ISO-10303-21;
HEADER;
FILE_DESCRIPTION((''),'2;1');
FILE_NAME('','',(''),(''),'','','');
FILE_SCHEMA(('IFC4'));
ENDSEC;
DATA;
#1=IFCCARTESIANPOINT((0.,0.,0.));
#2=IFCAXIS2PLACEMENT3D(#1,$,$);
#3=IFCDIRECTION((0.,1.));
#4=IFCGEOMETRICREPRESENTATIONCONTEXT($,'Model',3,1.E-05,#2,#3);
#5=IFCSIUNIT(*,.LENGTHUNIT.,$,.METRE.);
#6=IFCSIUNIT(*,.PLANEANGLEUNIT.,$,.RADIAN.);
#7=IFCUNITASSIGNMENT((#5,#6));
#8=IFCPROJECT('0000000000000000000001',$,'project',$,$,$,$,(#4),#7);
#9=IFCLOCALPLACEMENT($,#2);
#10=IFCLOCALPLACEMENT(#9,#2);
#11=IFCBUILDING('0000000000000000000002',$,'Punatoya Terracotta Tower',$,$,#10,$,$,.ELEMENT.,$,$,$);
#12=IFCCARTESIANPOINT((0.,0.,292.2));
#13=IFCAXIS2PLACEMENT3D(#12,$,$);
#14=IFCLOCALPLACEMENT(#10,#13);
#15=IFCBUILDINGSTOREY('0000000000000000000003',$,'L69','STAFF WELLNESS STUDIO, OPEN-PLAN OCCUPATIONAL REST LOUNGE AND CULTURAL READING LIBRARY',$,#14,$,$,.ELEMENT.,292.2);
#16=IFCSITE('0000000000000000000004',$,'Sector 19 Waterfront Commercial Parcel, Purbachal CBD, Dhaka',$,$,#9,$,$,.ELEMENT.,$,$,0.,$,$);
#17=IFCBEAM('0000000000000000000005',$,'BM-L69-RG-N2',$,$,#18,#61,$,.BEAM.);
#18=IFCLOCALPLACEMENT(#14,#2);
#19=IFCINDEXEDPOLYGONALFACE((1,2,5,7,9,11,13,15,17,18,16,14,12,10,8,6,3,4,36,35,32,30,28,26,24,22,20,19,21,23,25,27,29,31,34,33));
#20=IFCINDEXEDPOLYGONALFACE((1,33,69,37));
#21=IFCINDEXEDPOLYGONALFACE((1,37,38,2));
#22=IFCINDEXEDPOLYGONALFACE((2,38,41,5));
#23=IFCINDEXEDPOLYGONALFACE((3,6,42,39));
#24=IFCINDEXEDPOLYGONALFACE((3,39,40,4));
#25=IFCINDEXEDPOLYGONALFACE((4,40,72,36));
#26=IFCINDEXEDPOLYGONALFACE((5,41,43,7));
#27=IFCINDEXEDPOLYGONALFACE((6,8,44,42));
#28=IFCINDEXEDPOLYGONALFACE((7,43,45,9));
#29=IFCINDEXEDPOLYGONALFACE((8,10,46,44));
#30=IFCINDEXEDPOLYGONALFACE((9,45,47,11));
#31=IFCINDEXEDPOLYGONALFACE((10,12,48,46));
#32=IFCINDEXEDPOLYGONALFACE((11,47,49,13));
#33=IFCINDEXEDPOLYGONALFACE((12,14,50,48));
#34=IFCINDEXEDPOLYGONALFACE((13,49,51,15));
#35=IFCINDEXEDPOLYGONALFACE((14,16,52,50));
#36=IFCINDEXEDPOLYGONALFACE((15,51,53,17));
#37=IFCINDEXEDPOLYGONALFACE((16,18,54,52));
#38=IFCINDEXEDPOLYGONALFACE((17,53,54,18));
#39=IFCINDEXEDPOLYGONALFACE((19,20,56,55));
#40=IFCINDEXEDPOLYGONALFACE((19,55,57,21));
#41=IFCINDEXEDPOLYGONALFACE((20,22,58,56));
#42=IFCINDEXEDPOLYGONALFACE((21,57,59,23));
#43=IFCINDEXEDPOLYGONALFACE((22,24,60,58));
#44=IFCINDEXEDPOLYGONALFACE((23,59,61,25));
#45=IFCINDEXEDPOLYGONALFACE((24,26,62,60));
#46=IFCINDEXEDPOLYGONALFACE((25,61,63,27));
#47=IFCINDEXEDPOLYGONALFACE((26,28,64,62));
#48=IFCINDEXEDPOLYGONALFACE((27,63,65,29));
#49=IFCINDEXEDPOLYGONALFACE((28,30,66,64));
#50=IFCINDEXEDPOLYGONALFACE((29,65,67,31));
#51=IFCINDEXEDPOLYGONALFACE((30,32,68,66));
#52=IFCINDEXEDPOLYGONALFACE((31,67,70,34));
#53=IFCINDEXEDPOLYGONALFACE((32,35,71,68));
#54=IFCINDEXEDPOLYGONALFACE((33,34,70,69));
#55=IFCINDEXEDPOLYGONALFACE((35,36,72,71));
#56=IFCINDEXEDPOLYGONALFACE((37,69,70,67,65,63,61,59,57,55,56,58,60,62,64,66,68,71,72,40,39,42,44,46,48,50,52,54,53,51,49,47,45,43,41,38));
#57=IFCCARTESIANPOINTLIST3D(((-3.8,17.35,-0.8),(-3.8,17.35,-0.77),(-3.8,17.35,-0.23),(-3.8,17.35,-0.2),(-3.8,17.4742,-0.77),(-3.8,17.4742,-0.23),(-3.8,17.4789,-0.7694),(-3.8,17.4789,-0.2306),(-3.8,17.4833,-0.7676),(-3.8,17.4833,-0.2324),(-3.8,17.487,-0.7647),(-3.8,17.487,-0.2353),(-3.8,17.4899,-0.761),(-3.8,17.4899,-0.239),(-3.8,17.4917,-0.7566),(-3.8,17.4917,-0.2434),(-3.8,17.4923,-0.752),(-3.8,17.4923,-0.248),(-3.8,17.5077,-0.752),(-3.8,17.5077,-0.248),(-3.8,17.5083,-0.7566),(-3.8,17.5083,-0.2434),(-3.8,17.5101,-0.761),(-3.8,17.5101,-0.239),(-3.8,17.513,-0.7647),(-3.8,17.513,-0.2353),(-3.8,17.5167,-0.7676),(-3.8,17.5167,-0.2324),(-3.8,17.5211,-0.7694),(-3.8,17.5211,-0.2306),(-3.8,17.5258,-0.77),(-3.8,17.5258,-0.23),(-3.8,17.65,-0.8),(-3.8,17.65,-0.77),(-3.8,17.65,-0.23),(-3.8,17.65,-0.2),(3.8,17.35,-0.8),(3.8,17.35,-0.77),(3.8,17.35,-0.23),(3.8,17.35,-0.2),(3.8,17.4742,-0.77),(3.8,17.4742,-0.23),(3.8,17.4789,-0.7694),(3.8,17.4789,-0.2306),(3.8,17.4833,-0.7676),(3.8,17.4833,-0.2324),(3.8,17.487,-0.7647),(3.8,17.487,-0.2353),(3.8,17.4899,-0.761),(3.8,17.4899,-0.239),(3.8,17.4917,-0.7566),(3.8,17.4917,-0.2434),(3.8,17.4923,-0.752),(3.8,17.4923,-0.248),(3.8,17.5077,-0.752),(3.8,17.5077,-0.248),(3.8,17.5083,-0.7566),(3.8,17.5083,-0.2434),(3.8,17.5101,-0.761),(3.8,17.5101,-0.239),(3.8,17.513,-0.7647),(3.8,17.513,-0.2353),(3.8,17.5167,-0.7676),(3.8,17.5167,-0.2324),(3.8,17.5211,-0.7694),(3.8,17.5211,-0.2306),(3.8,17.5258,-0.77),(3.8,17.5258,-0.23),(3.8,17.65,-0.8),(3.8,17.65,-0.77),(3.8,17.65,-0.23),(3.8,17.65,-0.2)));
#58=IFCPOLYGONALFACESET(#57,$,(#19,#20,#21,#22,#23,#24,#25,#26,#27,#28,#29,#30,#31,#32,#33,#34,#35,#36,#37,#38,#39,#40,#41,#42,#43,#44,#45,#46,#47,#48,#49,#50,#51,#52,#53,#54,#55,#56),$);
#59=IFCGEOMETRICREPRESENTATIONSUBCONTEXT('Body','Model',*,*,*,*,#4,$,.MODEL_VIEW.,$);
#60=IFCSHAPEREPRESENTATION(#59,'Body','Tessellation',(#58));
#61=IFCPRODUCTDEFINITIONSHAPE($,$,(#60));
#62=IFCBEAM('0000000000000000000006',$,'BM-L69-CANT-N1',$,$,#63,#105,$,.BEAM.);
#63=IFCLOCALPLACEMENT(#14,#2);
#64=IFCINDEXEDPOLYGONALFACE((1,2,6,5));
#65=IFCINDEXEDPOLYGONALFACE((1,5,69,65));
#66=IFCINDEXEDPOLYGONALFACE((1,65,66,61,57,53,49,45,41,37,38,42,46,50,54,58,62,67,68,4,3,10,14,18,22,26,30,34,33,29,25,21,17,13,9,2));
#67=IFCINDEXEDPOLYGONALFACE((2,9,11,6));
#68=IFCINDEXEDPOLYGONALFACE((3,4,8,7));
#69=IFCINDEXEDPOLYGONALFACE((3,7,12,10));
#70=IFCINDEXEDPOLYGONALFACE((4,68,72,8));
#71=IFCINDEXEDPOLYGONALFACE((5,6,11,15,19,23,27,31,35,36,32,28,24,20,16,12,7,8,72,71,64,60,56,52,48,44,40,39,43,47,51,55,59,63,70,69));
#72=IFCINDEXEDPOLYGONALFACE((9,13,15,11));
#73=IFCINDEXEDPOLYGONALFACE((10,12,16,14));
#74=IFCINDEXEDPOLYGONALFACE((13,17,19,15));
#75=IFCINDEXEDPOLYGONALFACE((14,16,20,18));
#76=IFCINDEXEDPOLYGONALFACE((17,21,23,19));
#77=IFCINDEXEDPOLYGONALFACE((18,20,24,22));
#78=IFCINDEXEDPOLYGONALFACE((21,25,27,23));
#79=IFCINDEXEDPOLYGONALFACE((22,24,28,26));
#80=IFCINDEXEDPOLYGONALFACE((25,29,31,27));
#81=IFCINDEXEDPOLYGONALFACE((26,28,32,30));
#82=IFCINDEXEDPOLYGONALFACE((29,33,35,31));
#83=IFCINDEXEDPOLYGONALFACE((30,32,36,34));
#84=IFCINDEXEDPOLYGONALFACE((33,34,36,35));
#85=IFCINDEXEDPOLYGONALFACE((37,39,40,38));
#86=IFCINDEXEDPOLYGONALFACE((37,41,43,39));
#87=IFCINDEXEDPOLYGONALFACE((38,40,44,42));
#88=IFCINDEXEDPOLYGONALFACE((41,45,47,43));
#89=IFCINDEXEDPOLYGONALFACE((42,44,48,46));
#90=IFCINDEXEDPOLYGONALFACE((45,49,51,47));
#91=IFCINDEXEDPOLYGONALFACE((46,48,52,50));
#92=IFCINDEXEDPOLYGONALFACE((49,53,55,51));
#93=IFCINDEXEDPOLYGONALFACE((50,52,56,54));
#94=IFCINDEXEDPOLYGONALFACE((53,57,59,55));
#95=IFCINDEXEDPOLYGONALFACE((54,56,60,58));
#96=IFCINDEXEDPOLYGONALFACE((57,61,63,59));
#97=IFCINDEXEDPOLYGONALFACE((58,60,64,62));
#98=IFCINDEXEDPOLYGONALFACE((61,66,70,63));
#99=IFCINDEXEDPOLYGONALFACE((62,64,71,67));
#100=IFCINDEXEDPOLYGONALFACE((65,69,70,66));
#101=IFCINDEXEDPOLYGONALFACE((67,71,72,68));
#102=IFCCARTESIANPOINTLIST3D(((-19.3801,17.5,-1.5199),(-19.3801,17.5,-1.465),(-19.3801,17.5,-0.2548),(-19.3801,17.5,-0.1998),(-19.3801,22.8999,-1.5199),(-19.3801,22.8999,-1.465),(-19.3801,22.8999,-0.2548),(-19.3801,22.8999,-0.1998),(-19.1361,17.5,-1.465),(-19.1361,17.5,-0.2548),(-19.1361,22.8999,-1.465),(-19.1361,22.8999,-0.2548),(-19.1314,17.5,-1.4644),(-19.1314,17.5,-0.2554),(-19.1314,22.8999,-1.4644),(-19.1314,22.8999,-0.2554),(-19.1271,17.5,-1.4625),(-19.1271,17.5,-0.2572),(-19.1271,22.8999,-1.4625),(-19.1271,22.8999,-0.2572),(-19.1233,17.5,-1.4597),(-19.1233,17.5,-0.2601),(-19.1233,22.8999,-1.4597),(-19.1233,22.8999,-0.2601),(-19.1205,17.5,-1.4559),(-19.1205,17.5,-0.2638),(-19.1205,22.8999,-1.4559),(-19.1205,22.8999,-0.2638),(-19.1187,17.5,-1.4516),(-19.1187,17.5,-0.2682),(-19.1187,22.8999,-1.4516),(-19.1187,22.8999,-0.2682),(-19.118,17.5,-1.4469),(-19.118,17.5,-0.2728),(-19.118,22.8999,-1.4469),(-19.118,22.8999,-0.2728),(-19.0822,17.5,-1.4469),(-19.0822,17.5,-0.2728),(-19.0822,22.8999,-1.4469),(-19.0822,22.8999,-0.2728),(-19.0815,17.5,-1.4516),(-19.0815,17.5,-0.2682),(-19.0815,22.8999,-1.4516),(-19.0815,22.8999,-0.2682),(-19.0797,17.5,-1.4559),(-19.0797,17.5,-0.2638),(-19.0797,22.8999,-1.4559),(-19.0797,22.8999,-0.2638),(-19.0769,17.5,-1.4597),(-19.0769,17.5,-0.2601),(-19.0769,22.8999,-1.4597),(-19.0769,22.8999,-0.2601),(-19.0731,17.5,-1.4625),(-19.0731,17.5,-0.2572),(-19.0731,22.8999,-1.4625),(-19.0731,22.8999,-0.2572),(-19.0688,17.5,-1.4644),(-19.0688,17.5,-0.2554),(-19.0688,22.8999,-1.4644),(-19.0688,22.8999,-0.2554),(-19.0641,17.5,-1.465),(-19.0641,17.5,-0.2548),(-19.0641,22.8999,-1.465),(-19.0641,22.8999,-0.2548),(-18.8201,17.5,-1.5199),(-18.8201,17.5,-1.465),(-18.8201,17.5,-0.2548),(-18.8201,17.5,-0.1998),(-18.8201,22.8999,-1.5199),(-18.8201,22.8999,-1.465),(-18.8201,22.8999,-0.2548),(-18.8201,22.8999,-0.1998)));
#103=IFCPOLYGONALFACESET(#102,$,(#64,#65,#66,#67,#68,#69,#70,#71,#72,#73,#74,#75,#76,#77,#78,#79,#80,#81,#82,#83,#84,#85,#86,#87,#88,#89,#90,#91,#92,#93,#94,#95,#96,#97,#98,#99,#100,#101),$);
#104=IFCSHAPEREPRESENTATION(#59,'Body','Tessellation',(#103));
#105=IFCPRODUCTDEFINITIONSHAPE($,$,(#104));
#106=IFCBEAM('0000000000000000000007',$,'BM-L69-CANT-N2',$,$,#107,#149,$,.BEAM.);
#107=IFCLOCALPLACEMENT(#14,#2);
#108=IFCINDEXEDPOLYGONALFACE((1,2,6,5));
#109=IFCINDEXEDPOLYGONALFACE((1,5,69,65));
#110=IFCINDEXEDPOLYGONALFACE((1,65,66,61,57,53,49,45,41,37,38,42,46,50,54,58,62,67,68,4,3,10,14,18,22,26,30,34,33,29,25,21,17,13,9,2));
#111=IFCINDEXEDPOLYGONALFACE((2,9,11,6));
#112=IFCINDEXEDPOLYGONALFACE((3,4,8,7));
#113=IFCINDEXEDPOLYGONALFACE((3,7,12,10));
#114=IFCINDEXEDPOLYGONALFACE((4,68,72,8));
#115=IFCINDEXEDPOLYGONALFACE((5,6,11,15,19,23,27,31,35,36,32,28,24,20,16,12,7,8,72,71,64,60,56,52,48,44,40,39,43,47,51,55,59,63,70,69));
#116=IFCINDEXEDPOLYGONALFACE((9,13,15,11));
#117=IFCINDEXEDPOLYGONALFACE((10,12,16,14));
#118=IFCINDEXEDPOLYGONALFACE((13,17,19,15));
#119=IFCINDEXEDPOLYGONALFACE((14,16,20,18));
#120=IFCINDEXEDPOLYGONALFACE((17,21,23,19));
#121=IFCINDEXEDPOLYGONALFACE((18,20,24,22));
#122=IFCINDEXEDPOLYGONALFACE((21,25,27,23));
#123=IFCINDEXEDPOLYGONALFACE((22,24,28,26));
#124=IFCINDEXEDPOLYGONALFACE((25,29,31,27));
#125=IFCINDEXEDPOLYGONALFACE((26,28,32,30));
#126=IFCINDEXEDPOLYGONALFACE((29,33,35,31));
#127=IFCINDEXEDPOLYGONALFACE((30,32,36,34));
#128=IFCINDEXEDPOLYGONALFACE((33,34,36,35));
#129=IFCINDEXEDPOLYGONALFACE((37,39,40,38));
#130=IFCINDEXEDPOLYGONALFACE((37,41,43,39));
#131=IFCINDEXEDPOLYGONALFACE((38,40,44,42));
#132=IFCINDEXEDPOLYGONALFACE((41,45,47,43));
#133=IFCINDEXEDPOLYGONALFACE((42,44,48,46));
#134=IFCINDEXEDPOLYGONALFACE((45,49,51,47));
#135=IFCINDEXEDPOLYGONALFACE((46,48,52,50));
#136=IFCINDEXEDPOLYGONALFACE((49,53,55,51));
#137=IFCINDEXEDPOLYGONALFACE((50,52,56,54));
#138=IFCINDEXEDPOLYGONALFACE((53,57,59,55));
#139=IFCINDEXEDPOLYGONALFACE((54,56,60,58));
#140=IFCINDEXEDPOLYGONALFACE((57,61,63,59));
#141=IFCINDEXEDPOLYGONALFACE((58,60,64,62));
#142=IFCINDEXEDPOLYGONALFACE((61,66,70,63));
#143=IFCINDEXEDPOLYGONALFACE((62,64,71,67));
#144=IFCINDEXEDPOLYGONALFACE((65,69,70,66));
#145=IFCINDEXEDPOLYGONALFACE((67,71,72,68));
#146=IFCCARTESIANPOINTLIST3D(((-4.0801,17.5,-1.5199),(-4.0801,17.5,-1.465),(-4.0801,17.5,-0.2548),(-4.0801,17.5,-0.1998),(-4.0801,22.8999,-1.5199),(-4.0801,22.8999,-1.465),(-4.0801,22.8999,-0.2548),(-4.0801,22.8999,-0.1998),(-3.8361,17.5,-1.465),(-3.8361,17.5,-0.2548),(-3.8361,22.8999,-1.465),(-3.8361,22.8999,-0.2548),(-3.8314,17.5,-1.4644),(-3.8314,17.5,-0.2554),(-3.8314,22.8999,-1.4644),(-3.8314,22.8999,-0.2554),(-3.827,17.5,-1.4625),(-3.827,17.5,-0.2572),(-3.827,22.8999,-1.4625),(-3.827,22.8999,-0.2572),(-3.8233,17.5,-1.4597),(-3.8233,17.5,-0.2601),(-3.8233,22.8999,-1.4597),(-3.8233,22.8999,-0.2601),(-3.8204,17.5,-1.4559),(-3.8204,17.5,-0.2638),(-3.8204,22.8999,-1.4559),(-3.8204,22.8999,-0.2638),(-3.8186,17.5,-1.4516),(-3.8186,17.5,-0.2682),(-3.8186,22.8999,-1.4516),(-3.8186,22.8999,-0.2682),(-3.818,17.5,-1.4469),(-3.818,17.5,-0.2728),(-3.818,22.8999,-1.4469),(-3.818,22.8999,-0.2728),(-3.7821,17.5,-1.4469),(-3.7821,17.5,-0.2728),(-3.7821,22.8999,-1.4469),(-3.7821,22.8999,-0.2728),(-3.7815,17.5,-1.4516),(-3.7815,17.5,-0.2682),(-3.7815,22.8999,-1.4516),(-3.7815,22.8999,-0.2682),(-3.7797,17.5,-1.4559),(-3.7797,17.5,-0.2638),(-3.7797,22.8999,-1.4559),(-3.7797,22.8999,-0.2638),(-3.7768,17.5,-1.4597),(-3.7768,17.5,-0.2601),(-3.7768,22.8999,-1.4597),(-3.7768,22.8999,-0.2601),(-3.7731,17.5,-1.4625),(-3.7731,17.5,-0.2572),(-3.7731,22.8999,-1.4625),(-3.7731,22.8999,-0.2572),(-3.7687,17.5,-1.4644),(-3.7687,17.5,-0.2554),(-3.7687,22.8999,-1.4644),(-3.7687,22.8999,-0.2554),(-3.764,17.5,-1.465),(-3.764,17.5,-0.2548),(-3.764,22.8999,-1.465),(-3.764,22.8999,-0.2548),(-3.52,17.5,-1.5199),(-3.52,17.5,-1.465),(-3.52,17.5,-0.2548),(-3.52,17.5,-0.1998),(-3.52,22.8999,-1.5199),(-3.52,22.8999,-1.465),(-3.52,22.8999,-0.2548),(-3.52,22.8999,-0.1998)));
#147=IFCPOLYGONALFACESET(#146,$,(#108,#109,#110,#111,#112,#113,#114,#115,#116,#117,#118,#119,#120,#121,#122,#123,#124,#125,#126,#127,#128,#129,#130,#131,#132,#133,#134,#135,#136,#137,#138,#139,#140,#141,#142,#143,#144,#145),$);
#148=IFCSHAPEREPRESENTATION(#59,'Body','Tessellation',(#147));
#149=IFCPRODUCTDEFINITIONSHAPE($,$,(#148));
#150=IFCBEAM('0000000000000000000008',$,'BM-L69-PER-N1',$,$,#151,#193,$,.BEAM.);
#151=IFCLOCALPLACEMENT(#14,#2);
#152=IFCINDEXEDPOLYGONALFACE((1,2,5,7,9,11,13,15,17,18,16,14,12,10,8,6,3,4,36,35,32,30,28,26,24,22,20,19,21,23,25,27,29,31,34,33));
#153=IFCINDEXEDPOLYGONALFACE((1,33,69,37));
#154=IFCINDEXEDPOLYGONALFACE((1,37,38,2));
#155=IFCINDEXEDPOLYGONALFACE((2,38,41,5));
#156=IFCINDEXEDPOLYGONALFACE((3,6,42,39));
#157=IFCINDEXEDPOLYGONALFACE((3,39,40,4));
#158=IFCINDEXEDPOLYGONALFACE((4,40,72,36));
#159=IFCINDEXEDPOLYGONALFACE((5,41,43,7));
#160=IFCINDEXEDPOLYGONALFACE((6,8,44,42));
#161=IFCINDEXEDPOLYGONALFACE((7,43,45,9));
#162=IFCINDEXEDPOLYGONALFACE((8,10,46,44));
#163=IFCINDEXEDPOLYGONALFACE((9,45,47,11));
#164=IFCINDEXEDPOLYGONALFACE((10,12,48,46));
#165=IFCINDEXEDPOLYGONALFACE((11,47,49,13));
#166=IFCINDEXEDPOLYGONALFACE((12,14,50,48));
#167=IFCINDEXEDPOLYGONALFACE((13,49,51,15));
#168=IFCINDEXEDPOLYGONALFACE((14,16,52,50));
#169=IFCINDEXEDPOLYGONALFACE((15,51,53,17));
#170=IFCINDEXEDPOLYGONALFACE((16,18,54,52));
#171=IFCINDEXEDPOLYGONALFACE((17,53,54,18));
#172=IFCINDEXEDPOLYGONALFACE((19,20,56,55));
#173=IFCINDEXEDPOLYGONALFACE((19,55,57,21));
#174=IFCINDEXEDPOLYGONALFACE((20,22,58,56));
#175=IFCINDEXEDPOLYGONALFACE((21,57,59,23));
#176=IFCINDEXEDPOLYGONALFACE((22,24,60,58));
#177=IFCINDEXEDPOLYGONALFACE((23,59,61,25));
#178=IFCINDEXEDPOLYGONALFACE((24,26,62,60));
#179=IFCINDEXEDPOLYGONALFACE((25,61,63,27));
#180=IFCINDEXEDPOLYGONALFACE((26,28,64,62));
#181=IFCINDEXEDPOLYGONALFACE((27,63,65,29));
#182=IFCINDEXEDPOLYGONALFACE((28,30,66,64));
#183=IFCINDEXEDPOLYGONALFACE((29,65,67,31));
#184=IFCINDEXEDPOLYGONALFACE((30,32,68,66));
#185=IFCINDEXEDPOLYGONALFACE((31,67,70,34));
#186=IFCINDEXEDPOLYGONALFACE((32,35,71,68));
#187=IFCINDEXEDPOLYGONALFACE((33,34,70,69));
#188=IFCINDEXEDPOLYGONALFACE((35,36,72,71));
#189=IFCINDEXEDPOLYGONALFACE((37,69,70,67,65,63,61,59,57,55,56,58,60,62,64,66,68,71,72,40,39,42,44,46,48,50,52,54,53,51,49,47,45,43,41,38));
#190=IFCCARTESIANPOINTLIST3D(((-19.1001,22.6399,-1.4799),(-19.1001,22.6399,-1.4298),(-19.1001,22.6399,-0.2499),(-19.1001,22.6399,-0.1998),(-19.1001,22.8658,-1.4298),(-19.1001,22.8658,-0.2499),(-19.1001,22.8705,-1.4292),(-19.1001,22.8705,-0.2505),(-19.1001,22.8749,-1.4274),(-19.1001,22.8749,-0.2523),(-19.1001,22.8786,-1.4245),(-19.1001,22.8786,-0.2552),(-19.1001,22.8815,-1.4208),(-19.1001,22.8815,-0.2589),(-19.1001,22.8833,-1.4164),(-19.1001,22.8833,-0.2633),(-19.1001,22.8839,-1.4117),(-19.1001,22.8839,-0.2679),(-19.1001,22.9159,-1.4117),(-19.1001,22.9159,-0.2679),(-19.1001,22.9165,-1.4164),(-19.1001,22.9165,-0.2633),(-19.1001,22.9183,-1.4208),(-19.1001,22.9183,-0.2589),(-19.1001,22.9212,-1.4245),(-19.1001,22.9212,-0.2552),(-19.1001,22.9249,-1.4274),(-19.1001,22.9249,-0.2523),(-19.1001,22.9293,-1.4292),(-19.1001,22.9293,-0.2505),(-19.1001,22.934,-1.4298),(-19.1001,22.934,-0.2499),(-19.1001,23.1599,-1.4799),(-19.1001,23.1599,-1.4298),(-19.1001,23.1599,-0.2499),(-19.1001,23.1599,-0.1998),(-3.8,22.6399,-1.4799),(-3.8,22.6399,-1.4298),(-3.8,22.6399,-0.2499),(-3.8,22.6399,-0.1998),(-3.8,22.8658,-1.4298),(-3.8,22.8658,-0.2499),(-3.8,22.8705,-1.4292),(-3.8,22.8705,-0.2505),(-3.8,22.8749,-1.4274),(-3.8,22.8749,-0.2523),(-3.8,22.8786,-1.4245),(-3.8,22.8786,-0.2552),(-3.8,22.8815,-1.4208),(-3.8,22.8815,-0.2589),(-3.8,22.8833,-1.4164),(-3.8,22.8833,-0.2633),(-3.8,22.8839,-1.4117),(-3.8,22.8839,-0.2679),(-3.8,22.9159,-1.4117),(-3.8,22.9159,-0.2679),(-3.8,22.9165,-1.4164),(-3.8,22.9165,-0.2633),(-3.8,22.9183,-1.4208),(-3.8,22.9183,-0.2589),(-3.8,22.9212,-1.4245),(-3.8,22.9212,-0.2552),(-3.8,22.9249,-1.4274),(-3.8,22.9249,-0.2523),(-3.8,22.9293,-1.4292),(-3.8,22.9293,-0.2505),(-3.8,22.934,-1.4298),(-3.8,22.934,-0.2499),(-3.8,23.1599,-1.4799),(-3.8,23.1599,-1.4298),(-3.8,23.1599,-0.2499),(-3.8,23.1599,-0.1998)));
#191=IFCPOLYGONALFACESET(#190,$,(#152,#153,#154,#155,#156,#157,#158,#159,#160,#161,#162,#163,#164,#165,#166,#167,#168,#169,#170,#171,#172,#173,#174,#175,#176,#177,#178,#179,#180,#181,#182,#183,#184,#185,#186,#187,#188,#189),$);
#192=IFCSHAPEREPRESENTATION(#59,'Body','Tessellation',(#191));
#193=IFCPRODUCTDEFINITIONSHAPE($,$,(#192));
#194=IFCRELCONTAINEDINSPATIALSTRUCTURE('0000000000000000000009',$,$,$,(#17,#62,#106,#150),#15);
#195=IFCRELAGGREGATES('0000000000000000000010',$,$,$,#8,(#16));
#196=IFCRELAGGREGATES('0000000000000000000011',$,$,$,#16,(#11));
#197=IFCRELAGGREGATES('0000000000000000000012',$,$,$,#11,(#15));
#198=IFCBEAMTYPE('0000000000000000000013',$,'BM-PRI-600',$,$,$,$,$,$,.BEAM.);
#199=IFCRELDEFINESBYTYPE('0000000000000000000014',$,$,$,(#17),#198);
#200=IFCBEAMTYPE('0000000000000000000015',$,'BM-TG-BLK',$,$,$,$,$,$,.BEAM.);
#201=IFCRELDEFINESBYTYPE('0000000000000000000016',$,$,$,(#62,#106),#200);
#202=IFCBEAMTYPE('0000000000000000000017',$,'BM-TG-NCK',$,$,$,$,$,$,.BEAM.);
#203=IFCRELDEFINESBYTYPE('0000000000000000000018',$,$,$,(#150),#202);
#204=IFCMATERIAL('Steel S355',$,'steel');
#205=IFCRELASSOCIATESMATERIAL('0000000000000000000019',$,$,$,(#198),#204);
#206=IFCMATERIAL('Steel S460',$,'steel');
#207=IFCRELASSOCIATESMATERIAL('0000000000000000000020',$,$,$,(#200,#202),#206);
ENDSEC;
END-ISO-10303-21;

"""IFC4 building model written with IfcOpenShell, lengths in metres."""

from ifc_helpers import new_model, si_unit, direction, frame, origin, origin_2d, place, context, subcontext, project, spatial, i_section, extrude, material, material_profile, profile_set, type_object, element, save


model = new_model("IFC4")

# Units and contexts
model_context = context("Model", 3, precision=1e-05, world=origin(), true_north=direction((0.0, 1.0)))
body_context = subcontext(model_context, "Body", "Model", "MODEL_VIEW")
ifc_project = project(units=[si_unit("LENGTHUNIT", "METRE"), si_unit("PLANEANGLEUNIT", "RADIAN")], contexts=[model_context])

# Site, building, storey
site_placement = place(None, origin())
site = spatial("IfcSite", under=ifc_project, at=site_placement, Name="Sector 19 Waterfront Commercial Parcel, Purbachal CBD, Dhaka", CompositionType="ELEMENT", RefElevation=0.0)
building_placement = place(site_placement, origin())
building = spatial("IfcBuilding", under=site, at=building_placement, Name="Punatoya Terracotta Tower", CompositionType="ELEMENT")
storey_placement = place(building_placement, frame((0.0, 0.0, 292.2)))
storey = spatial("IfcBuildingStorey", under=building, at=storey_placement, Name="L69", Description="STAFF WELLNESS STUDIO, OPEN-PLAN OCCUPATIONAL REST LOUNGE AND CULTURAL READING LIBRARY", CompositionType="ELEMENT", Elevation=292.2)

# Shared definitions
ifc_material_1 = material(Name="Steel S460", Category="steel")

# Beams
ifc_material_2 = material(Name="Steel S355", Category="steel")
ifc_material_profile_1 = material_profile(ifc_material_2, i_section(OverallWidth=0.3, OverallDepth=0.6001, WebThickness=0.0154, FlangeThickness=0.03, FilletRadius=0.0181, at=origin_2d()))
ifc_profile_set_1 = profile_set([ifc_material_profile_1], Name="Steel S355")
beam_type_1 = type_object("IfcBeamType", Name="BM-PRI-600", PredefinedType="BEAM", material=ifc_profile_set_1)
beam_1_placement = place(storey_placement, frame((-3.8, 17.5, -0.5), z_axis=(1.0, 0.0, 0.0), x_axis=(0.0, 1.0, 0.0)))
element("IfcBeam", 1, at=beam_1_placement, inside=storey, type_object=beam_type_1, Name="BM-L69-RG-N2", PredefinedType="BEAM", context=body_context, shape_type="SweptSolid", body=[
    extrude(i_section(OverallWidth=0.3, OverallDepth=0.6001, WebThickness=0.0154, FlangeThickness=0.03, FilletRadius=0.0181, at=origin_2d()), origin(), (0.0, 0.0, 1.0), 7.6001),
])
ifc_material_profile_2 = material_profile(ifc_material_1, i_section(OverallWidth=0.5601, OverallDepth=1.3201, WebThickness=0.0359, FlangeThickness=0.0549, FilletRadius=0.0181, at=origin_2d()))
ifc_profile_set_2 = profile_set([ifc_material_profile_2], Name="Steel S460")
beam_type_2 = type_object("IfcBeamType", Name="BM-TG-BLK", PredefinedType="BEAM", material=ifc_profile_set_2)
for number, where, z_axis, x_axis, name in (
    (2, (-19.1001, 17.5, -0.8599), (0.0, 1.0, 0.0), (-1.0, 0.0, 0.0), "BM-L69-CANT-N1"),
    (3, (-3.8, 17.5, -0.8599), (0.0, 1.0, 0.0), (-1.0, 0.0, 0.0), "BM-L69-CANT-N2"),
):
    element("IfcBeam", number, at=place(storey_placement, frame(where, z_axis=z_axis, x_axis=x_axis)), inside=storey, type_object=beam_type_2, Name=name, PredefinedType="BEAM", context=body_context, shape_type="SweptSolid", body=[
        extrude(i_section(OverallWidth=0.5601, OverallDepth=1.3201, WebThickness=0.0359, FlangeThickness=0.0549, FilletRadius=0.0181, at=origin_2d()), origin(), (0.0, 0.0, 1.0), 5.3999),
    ])
ifc_material_profile_3 = material_profile(ifc_material_1, i_section(OverallWidth=0.52, OverallDepth=1.28, WebThickness=0.032, FlangeThickness=0.05, FilletRadius=0.0181, at=origin_2d()))
ifc_profile_set_3 = profile_set([ifc_material_profile_3], Name="Steel S460")
beam_type_3 = type_object("IfcBeamType", Name="BM-TG-NCK", PredefinedType="BEAM", material=ifc_profile_set_3)
beam_2_placement = place(storey_placement, frame((-19.1001, 22.8999, -0.8398), z_axis=(1.0, 0.0, 0.0), x_axis=(0.0, 1.0, 0.0)))
element("IfcBeam", 4, at=beam_2_placement, inside=storey, type_object=beam_type_3, Name="BM-L69-PER-N1", PredefinedType="BEAM", context=body_context, shape_type="SweptSolid", body=[
    extrude(i_section(OverallWidth=0.52, OverallDepth=1.28, WebThickness=0.032, FlangeThickness=0.05, FilletRadius=0.0181, at=origin_2d()), origin(), (0.0, 0.0, 1.0), 15.3),
])

save(model, "model.ifc")
